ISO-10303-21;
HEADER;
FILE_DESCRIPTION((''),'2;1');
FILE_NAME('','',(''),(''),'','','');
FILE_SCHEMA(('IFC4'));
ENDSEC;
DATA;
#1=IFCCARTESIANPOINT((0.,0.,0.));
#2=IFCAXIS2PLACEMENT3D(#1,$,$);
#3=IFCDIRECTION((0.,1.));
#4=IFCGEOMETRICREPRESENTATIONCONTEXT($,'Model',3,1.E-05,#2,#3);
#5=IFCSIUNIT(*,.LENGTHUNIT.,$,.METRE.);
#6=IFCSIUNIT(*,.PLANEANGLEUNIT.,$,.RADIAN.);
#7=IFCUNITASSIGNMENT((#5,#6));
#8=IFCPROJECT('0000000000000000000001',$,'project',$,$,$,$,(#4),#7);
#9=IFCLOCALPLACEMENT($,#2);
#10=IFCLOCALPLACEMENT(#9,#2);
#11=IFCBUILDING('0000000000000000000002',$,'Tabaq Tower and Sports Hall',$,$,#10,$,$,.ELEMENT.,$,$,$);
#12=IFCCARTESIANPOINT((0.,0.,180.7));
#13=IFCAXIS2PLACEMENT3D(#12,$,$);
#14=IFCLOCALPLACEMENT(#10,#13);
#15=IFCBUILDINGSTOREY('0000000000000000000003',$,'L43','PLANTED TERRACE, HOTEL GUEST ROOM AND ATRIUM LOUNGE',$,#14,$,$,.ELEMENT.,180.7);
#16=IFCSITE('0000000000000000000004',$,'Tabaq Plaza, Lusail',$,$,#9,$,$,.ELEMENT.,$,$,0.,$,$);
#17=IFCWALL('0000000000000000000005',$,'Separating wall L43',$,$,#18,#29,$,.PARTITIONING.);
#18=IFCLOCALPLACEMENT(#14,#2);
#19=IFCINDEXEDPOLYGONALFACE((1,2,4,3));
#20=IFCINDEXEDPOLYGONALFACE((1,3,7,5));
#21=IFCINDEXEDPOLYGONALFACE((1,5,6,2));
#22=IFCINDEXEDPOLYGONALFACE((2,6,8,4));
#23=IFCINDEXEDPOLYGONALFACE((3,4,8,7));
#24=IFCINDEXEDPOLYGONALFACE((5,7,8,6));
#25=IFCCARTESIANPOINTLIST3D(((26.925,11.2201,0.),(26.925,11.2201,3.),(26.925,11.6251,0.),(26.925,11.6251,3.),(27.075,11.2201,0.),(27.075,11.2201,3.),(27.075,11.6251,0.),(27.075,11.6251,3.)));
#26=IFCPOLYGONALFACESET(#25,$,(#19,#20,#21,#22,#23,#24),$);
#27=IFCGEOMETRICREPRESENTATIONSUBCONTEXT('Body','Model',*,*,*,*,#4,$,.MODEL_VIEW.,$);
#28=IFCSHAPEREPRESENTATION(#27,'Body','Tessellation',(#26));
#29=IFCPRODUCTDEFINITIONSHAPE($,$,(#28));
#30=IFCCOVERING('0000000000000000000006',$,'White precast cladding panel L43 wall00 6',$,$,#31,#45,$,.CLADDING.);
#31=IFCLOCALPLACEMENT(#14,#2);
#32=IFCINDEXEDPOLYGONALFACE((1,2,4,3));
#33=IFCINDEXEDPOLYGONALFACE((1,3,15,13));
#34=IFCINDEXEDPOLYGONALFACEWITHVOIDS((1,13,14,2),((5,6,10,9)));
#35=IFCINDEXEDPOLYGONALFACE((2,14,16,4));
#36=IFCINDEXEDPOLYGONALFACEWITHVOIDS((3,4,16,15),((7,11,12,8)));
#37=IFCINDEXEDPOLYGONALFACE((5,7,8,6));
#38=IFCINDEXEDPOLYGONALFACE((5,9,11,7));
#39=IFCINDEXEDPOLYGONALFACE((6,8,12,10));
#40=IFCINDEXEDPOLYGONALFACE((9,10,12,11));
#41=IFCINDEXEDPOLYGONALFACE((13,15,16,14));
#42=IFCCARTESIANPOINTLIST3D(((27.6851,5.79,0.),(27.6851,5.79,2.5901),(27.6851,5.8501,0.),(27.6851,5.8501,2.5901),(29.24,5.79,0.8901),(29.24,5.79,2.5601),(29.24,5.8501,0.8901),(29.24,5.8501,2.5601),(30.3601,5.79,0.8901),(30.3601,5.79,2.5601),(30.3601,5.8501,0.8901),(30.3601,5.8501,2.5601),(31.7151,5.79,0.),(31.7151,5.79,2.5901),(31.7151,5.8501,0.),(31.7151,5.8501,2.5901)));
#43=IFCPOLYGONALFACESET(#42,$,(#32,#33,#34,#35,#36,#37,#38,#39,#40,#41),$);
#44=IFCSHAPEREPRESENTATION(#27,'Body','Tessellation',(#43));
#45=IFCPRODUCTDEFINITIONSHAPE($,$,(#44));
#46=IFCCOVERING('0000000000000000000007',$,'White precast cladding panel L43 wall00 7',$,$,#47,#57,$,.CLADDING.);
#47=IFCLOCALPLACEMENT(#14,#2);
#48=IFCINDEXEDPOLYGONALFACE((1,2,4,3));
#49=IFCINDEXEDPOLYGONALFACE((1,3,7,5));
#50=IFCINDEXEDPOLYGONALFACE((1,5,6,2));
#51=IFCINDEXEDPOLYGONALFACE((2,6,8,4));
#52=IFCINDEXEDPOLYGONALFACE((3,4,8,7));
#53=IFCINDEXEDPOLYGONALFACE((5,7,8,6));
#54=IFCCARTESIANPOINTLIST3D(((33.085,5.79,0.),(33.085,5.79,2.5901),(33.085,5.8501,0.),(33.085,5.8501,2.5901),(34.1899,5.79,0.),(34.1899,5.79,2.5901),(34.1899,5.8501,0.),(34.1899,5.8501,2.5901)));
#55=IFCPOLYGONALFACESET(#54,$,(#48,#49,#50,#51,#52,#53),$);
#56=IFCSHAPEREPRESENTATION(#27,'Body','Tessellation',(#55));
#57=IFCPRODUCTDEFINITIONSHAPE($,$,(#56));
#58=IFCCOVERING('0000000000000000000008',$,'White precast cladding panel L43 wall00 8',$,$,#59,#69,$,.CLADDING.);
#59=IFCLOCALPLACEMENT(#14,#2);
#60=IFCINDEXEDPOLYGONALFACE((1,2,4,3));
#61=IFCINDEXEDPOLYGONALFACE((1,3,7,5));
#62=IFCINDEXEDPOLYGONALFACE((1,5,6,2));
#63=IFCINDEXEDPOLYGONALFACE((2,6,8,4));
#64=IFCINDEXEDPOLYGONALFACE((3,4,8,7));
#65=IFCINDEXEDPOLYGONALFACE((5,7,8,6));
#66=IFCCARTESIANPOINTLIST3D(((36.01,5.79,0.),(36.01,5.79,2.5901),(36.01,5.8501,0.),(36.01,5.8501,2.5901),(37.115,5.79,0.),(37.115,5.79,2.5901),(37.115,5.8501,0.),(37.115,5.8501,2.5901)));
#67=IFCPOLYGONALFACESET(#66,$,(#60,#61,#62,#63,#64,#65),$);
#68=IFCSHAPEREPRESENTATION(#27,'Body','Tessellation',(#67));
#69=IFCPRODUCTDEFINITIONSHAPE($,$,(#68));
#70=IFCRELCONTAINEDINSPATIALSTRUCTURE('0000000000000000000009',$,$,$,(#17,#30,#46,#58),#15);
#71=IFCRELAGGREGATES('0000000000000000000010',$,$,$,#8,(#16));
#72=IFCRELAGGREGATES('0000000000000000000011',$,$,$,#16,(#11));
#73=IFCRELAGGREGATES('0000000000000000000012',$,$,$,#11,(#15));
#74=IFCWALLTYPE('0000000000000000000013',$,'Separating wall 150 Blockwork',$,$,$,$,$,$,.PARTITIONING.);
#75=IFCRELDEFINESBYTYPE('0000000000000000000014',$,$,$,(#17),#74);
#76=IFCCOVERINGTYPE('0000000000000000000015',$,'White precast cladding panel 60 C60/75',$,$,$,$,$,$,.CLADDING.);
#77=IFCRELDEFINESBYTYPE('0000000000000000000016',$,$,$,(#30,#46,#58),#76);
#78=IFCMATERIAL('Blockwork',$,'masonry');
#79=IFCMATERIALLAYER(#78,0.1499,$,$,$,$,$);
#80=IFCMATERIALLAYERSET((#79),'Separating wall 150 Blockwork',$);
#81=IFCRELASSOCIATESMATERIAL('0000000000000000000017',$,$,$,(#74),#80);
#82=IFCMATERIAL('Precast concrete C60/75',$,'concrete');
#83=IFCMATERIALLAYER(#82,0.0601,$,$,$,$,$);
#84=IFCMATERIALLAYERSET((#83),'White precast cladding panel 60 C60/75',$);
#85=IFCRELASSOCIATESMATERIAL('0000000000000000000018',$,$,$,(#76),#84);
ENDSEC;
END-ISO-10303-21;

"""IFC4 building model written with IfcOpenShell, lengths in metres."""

from ifc_helpers import new_model, si_unit, direction, frame, frame_2d, origin, place, context, subcontext, project, spatial, polyline, rectangle, outline, extrude, material, layer, layer_set, type_object, element, save


model = new_model("IFC4")

# Units and contexts
model_context = context("Model", 3, precision=1e-05, world=origin(), true_north=direction((0.0, 1.0)))
body_context = subcontext(model_context, "Body", "Model", "MODEL_VIEW")
ifc_project = project(units=[si_unit("LENGTHUNIT", "METRE"), si_unit("PLANEANGLEUNIT", "RADIAN")], contexts=[model_context])

# Site, building, storey
site_placement = place(None, origin())
site = spatial("IfcSite", under=ifc_project, at=site_placement, Name="Tabaq Plaza, Lusail", CompositionType="ELEMENT", RefElevation=0.0)
building_placement = place(site_placement, origin())
building = spatial("IfcBuilding", under=site, at=building_placement, Name="Tabaq Tower and Sports Hall", CompositionType="ELEMENT")
storey_placement = place(building_placement, frame((0.0, 0.0, 180.7)))
storey = spatial("IfcBuildingStorey", under=building, at=storey_placement, Name="L43", Description="PLANTED TERRACE, HOTEL GUEST ROOM AND ATRIUM LOUNGE", CompositionType="ELEMENT", Elevation=180.7)

# Wall
ifc_material_1 = material(Name="Blockwork", Category="masonry")
ifc_layer_1 = layer(ifc_material_1, 0.1499)
ifc_layer_set_1 = layer_set([ifc_layer_1], Name="Separating wall 150 Blockwork")
wall_type_1 = type_object("IfcWallType", Name="Separating wall 150 Blockwork", PredefinedType="PARTITIONING", material=ifc_layer_set_1)
wall_1_placement = place(storey_placement, frame((27.0, 11.22, 0.0), z_axis=(0.0, 0.0, 1.0), x_axis=(0.0, 1.0, 0.0)))
element("IfcWall", 1, at=wall_1_placement, inside=storey, type_object=wall_type_1, Name="Separating wall L43", PredefinedType="PARTITIONING", context=body_context, shape_type="SweptSolid", body=[
    extrude(rectangle(XDim=0.405, YDim=0.1499, at=frame_2d((0.2026, 0.0))), origin(), (0.0, 0.0, 1.0), 3.0),
])

# Coverings
ifc_material_2 = material(Name="Precast concrete C60/75", Category="concrete")
ifc_layer_2 = layer(ifc_material_2, 0.0601)
ifc_layer_set_2 = layer_set([ifc_layer_2], Name="White precast cladding panel 60 C60/75")
covering_type = type_object("IfcCoveringType", Name="White precast cladding panel 60 C60/75", PredefinedType="CLADDING", material=ifc_layer_set_2)
covering_placement = place(storey_placement, frame((27.6851, 5.8201, 0.0), z_axis=(0.0, 0.0, 1.0), x_axis=(1.0, 0.0, 0.0)))
element("IfcCovering", 2, at=covering_placement, inside=storey, type_object=covering_type, Name="White precast cladding panel L43 wall00 6", PredefinedType="CLADDING", context=body_context, shape_type="SweptSolid", body=[
    extrude(outline(polyline([(0.0, 0.0), (4.03, 0.0), (4.03, 2.5901), (0.0, 2.5901), (0.0, 0.0)]), holes=[polyline([(2.675, 0.8901), (1.5549, 0.8901), (1.5549, 2.5601), (2.675, 2.5601), (2.675, 0.8901)])]), frame((0.0, 0.03, 0.0), z_axis=(0.0, -1.0, 0.0), x_axis=(1.0, 0.0, 0.0)), (0.0, 0.0, 1.0), 0.0601),
])
for number, where, z_axis, x_axis, name in (
    (3, (33.085, 5.8201, 0.0), (0.0, 0.0, 1.0), (1.0, 0.0, 0.0), "White precast cladding panel L43 wall00 7"),
    (4, (36.01, 5.8201, 0.0), (0.0, 0.0, 1.0), (1.0, 0.0, 0.0), "White precast cladding panel L43 wall00 8"),
):
    element("IfcCovering", number, at=place(storey_placement, frame(where, z_axis=z_axis, x_axis=x_axis)), inside=storey, type_object=covering_type, Name=name, PredefinedType="CLADDING", context=body_context, shape_type="SweptSolid", body=[
        extrude(rectangle(XDim=1.105, YDim=0.0601, at=frame_2d((0.5525, 0.0))), origin(), (0.0, 0.0, 1.0), 2.5901),
    ])

save(model, "model.ifc")
